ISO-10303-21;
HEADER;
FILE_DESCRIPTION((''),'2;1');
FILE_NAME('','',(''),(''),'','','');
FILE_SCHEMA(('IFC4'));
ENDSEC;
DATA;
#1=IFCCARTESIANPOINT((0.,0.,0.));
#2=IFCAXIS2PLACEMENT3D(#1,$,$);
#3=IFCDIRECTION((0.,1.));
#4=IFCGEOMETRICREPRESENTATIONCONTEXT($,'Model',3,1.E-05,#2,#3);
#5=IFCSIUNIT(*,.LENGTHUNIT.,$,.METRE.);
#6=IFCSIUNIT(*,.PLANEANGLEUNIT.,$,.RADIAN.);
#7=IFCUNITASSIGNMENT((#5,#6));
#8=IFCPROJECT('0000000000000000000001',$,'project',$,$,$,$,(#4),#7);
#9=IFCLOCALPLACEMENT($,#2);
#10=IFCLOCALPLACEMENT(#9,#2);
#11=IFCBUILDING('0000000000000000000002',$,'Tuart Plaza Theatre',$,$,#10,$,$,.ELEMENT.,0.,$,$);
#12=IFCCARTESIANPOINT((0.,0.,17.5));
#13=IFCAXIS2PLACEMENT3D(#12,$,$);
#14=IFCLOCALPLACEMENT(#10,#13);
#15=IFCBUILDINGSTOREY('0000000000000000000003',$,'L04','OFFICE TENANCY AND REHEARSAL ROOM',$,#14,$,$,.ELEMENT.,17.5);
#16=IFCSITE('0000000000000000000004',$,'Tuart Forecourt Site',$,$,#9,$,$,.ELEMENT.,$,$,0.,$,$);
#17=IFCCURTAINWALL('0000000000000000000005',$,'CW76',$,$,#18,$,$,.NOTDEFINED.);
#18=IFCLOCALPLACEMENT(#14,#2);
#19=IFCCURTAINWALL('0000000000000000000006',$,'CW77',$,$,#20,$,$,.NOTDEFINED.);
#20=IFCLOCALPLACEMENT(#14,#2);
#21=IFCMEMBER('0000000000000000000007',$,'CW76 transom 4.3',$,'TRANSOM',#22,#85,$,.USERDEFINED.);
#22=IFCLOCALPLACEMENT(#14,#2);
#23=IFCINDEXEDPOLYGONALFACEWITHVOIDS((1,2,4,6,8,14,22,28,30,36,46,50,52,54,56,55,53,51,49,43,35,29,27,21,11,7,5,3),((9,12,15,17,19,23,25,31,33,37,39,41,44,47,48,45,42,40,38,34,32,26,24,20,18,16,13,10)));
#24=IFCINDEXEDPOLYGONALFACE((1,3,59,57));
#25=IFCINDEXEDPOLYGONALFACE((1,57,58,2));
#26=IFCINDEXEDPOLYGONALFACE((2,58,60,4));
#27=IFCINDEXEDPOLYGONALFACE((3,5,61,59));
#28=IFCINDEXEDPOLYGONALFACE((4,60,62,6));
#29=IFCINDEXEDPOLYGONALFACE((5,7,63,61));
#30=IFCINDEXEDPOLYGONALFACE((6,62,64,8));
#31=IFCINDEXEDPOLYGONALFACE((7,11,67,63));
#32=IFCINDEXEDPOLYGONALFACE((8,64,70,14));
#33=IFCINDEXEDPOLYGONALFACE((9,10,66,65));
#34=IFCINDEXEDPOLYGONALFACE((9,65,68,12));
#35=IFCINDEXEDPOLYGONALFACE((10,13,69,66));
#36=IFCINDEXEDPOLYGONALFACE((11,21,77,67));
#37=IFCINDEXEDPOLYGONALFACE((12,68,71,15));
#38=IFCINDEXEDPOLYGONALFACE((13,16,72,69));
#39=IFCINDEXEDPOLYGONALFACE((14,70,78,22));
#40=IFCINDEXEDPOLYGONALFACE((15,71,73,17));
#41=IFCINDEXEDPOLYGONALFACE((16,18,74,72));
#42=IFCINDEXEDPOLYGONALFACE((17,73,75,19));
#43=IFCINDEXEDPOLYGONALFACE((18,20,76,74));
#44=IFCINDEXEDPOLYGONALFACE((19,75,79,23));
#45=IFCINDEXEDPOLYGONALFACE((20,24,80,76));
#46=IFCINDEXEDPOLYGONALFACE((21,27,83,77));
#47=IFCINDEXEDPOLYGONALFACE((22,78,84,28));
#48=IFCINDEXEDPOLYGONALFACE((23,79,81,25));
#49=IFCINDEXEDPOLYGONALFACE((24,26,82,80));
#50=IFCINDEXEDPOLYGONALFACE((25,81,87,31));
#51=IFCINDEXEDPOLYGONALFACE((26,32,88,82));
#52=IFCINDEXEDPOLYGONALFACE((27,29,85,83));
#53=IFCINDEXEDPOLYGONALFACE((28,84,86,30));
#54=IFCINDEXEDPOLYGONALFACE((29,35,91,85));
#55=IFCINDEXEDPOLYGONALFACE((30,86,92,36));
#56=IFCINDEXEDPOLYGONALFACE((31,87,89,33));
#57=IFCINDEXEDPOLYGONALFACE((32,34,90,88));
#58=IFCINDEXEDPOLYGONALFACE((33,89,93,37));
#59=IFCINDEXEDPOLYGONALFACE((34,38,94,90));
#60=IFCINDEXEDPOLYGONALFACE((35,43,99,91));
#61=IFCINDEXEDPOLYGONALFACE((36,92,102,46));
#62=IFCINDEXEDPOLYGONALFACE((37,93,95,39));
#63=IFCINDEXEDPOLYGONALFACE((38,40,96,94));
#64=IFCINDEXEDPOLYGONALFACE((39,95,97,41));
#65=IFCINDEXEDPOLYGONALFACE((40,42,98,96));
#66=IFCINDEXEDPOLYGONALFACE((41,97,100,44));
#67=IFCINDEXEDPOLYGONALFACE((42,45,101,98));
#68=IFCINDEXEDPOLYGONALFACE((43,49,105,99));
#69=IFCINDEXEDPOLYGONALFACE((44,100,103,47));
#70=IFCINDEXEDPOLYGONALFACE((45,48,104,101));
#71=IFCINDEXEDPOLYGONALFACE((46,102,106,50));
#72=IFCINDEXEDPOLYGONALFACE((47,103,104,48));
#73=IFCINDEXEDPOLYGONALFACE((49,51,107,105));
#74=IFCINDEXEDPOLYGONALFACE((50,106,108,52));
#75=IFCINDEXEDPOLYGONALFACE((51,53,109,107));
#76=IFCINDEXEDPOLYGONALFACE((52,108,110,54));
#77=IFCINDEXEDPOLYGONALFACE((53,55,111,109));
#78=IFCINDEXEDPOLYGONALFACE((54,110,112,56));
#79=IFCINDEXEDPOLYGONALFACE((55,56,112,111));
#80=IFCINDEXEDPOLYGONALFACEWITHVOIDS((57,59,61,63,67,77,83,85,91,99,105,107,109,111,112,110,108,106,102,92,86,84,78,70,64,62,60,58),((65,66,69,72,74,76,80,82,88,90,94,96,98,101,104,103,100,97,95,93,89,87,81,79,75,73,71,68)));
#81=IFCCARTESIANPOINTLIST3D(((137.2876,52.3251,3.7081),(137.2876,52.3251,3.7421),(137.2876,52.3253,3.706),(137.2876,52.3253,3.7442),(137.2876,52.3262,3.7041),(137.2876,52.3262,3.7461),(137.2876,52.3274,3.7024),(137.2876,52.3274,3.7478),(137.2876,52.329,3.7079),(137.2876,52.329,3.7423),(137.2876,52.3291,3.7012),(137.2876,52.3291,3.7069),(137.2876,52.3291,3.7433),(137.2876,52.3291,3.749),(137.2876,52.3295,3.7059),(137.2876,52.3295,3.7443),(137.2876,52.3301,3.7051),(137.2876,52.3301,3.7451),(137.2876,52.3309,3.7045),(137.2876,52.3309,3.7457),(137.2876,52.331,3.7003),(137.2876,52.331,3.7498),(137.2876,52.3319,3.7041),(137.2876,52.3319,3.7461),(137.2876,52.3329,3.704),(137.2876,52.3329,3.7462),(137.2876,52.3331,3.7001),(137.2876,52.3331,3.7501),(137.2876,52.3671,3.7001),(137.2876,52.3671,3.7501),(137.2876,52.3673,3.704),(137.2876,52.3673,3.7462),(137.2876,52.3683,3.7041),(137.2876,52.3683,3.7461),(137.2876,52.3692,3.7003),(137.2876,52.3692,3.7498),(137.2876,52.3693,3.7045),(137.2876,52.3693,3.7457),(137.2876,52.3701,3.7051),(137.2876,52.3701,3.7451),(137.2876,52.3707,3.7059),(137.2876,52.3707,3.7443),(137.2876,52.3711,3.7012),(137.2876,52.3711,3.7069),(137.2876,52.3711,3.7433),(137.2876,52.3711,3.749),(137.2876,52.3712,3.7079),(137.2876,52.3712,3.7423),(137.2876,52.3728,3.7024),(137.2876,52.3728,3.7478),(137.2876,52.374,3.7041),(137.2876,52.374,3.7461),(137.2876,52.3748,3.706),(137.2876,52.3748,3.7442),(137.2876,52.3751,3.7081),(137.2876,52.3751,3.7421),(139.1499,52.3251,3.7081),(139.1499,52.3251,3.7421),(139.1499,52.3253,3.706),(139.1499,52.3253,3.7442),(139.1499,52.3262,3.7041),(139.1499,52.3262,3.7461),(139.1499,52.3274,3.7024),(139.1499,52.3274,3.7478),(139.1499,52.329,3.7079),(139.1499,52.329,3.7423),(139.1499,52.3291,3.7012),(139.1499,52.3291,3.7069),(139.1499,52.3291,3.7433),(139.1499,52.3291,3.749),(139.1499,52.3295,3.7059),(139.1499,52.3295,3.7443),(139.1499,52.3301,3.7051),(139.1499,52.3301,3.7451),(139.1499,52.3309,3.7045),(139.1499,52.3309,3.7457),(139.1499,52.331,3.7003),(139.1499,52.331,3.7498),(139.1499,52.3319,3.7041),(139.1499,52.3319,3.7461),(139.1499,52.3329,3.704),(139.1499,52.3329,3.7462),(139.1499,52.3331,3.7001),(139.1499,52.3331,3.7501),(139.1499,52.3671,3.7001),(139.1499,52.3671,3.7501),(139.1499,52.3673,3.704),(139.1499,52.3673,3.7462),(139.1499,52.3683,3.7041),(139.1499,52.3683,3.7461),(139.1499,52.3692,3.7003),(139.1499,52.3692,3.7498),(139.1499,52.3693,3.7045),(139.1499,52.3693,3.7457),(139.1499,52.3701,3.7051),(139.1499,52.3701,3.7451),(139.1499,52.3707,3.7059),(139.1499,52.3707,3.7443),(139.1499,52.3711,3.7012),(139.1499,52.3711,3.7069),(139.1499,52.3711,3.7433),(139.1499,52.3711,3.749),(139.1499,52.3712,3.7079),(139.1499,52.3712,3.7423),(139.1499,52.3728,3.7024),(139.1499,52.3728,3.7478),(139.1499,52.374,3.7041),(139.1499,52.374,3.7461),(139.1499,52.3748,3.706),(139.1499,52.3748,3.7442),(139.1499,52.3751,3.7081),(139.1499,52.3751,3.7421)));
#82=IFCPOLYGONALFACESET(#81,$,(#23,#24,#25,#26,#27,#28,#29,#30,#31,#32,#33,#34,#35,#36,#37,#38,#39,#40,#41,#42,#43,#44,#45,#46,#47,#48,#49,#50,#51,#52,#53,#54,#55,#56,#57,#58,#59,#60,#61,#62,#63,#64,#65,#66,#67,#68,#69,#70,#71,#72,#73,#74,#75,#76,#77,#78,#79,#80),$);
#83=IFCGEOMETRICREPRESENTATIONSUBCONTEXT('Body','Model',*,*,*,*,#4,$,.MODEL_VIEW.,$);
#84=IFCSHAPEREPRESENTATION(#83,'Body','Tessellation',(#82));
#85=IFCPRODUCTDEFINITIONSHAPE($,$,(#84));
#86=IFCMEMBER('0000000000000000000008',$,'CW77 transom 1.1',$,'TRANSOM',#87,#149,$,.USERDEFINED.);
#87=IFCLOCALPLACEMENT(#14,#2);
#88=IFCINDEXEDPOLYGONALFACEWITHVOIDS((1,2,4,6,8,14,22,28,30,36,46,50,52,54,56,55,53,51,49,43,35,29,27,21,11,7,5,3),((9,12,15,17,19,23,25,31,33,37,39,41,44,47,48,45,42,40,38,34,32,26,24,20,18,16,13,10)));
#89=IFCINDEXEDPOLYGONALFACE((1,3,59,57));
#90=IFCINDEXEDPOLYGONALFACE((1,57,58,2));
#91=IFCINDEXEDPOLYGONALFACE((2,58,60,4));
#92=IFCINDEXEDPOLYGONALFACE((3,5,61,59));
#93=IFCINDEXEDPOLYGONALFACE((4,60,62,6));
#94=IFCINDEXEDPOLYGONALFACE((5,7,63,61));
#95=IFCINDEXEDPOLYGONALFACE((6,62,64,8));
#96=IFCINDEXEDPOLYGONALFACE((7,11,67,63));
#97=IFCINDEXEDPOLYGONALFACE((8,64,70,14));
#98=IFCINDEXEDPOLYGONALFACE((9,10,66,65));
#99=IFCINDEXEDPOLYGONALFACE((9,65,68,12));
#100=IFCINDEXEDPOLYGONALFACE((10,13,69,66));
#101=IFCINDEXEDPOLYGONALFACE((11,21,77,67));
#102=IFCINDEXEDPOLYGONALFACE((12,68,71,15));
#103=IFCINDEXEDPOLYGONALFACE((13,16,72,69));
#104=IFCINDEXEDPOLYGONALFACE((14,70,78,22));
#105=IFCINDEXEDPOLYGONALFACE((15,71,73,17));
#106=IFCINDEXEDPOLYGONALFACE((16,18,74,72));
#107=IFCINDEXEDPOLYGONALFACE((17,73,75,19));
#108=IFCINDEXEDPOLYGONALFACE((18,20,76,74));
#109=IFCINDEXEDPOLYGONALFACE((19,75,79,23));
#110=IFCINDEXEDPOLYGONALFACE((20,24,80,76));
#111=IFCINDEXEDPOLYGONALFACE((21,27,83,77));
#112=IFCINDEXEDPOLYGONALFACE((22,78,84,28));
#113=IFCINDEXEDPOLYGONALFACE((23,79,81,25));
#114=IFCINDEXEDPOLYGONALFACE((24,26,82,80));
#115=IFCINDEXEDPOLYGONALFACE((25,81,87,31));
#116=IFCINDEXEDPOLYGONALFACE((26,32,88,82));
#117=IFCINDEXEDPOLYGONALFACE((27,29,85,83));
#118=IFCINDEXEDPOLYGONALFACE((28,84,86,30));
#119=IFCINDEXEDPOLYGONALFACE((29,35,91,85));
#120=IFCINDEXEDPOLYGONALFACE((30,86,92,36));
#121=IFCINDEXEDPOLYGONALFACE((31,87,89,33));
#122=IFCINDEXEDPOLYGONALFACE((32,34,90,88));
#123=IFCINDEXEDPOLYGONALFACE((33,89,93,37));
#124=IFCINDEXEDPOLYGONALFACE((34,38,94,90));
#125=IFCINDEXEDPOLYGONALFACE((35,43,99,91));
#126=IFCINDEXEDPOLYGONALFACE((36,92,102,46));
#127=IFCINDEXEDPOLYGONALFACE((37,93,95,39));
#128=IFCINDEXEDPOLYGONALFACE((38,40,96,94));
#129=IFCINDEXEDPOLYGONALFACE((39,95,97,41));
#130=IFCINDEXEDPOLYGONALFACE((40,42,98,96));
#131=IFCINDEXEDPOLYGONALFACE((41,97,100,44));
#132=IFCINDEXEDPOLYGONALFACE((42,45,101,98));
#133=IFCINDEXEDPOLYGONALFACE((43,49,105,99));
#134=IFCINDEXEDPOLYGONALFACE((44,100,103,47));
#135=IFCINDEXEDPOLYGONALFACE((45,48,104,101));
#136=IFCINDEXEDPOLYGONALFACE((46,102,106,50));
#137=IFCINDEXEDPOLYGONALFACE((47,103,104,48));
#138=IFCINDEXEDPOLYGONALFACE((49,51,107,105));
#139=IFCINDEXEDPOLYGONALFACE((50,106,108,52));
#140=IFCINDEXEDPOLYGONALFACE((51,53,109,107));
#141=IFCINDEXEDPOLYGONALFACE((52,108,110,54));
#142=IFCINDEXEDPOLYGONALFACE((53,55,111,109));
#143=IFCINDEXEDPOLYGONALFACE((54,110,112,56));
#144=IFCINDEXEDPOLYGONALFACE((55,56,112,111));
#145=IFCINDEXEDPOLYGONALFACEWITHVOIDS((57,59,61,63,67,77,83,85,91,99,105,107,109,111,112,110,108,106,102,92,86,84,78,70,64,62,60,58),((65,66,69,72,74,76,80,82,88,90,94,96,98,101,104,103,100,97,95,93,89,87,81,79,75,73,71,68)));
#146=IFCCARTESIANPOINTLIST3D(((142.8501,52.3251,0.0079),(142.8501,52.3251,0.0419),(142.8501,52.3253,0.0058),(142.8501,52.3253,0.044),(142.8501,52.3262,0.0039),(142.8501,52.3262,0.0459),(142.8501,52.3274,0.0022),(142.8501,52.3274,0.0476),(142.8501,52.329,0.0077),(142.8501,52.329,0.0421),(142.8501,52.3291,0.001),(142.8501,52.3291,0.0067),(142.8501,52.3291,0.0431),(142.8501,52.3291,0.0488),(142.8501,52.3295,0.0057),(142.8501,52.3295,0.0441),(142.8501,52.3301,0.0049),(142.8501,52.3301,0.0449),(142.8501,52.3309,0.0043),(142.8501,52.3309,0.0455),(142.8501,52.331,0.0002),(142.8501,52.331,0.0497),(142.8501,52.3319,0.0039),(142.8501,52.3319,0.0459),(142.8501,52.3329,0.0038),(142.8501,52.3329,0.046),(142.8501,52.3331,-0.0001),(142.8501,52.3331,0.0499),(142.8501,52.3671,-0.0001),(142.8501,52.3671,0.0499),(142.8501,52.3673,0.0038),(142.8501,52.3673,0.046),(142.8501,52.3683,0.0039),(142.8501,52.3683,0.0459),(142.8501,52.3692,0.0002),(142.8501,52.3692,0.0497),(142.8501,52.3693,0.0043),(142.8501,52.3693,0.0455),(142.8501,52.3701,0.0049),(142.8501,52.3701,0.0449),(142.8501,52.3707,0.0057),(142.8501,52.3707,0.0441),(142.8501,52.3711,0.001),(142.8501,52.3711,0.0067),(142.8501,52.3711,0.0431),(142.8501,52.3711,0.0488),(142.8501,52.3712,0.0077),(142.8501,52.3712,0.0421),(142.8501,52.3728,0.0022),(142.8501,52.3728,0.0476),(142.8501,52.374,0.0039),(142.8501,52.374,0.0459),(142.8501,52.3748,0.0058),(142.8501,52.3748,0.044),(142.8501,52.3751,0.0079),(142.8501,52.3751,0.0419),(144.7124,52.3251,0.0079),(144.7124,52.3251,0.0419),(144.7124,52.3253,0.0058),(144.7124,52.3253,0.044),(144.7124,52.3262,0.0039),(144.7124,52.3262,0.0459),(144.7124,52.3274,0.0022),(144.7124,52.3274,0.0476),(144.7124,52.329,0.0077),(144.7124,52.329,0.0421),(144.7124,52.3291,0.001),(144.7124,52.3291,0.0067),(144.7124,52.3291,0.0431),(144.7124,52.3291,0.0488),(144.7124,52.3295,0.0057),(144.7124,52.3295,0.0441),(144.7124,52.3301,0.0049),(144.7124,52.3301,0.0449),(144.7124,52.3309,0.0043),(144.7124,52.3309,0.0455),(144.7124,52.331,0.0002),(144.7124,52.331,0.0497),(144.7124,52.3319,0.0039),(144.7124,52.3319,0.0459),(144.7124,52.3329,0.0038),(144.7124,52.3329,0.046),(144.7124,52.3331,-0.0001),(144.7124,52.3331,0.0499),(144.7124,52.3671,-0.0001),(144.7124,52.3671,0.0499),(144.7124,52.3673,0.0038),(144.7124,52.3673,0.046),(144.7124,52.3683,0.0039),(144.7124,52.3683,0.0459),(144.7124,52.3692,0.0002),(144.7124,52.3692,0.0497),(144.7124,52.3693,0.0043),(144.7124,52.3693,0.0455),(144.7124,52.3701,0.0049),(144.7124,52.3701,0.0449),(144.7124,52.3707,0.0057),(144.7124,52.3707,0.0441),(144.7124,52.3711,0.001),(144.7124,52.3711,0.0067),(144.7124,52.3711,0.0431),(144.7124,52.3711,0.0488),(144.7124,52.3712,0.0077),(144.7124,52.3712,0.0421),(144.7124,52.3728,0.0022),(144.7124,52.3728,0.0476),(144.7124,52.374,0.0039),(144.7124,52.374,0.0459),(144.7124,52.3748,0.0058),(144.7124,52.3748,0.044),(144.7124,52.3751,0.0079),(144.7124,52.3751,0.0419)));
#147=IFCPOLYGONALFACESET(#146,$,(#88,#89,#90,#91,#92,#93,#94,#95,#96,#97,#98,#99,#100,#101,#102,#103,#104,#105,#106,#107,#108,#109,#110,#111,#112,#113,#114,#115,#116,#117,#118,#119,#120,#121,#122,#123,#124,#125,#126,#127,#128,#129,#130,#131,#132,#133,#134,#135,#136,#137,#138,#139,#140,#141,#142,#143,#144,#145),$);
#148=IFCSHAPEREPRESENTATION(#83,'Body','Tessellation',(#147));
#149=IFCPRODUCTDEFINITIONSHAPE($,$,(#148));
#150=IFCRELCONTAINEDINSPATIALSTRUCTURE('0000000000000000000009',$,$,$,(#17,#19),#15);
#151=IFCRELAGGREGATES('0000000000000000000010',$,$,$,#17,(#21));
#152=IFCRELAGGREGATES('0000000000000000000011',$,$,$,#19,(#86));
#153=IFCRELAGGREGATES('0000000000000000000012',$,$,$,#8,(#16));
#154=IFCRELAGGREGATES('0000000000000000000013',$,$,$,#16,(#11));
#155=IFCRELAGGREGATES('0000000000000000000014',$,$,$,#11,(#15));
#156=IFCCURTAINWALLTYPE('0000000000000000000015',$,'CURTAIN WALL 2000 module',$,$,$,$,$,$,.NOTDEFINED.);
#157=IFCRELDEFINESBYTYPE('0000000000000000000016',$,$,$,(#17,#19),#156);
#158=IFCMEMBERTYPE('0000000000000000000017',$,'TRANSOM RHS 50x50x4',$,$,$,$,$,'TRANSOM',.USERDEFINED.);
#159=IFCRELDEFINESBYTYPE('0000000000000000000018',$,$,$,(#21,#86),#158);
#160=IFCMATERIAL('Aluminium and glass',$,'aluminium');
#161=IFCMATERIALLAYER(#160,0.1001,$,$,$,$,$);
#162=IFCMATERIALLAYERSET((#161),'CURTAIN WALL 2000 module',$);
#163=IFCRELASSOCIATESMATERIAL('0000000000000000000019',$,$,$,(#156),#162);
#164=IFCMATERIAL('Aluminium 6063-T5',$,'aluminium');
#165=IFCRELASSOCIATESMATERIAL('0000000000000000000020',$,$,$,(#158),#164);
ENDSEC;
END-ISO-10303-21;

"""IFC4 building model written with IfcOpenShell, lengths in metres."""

from ifc_helpers import new_model, si_unit, direction, frame, origin, origin_2d, place, context, subcontext, project, spatial, hollow_rectangle, extrude, material, layer, layer_set, material_profile, profile_set, type_object, element, aggregate, save


model = new_model("IFC4")

# Units and contexts
model_context = context("Model", 3, precision=1e-05, world=origin(), true_north=direction((0.0, 1.0)))
body_context = subcontext(model_context, "Body", "Model", "MODEL_VIEW")
ifc_project = project(units=[si_unit("LENGTHUNIT", "METRE"), si_unit("PLANEANGLEUNIT", "RADIAN")], contexts=[model_context])

# Site, building, storey
site_placement = place(None, origin())
site = spatial("IfcSite", under=ifc_project, at=site_placement, Name="Tuart Forecourt Site", CompositionType="ELEMENT", RefElevation=0.0)
building_placement = place(site_placement, origin())
building = spatial("IfcBuilding", under=site, at=building_placement, Name="Tuart Plaza Theatre", CompositionType="ELEMENT", ElevationOfRefHeight=0.0)
storey_placement = place(building_placement, frame((0.0, 0.0, 17.5)))
storey = spatial("IfcBuildingStorey", under=building, at=storey_placement, Name="L04", Description="OFFICE TENANCY AND REHEARSAL ROOM", CompositionType="ELEMENT", Elevation=17.5)

# Curtain walls
ifc_material_1 = material(Name="Aluminium and glass", Category="aluminium")
ifc_layer_1 = layer(ifc_material_1, 0.1001)
ifc_layer_set_1 = layer_set([ifc_layer_1], Name="CURTAIN WALL 2000 module")
curtain_wall_type = type_object("IfcCurtainWallType", Name="CURTAIN WALL 2000 module", PredefinedType="NOTDEFINED", material=ifc_layer_set_1)
curtain_wall_1_placement = place(storey_placement, origin())
curtain_wall_1 = element("IfcCurtainWall", 1, at=curtain_wall_1_placement, inside=storey, type_object=curtain_wall_type, Name="CW76", PredefinedType="NOTDEFINED")
curtain_wall_2_placement = place(storey_placement, origin())
curtain_wall_2 = element("IfcCurtainWall", 2, at=curtain_wall_2_placement, inside=storey, type_object=curtain_wall_type, Name="CW77", PredefinedType="NOTDEFINED")

# Members
ifc_material_2 = material(Name="Aluminium 6063-T5", Category="aluminium")
ifc_material_profile_1 = material_profile(ifc_material_2, hollow_rectangle(XDim=0.05, YDim=0.05, WallThickness=0.0039, InnerFilletRadius=0.0039, OuterFilletRadius=0.0081, at=origin_2d()), Name="RHS 50x50x4")
ifc_profile_set_1 = profile_set([ifc_material_profile_1], Name="Aluminium 6063-T5")
member_type_1 = type_object("IfcMemberType", Name="TRANSOM RHS 50x50x4", ElementType="TRANSOM", PredefinedType="USERDEFINED", material=ifc_profile_set_1)
member_1_placement = place(storey_placement, frame((137.2876, 52.3501, 3.7251), z_axis=(1.0, 0.0, 0.0), x_axis=(0.0, 1.0, 0.0)))
member_1 = element("IfcMember", 3, at=member_1_placement, type_object=member_type_1, Name="CW76 transom 4.3", ObjectType="TRANSOM", PredefinedType="USERDEFINED", context=body_context, shape_type="SweptSolid", body=[
    extrude(hollow_rectangle(XDim=0.05, YDim=0.05, WallThickness=0.0039, InnerFilletRadius=0.0039, OuterFilletRadius=0.0081, at=origin_2d()), origin(), (0.0, 0.0, 1.0), 1.8623),
])
member_2_placement = place(storey_placement, frame((142.8501, 52.3501, 0.0249), z_axis=(1.0, 0.0, 0.0), x_axis=(0.0, 1.0, 0.0)))
member_2 = element("IfcMember", 4, at=member_2_placement, type_object=member_type_1, Name="CW77 transom 1.1", ObjectType="TRANSOM", PredefinedType="USERDEFINED", context=body_context, shape_type="SweptSolid", body=[
    extrude(hollow_rectangle(XDim=0.05, YDim=0.05, WallThickness=0.0039, InnerFilletRadius=0.0039, OuterFilletRadius=0.0081, at=origin_2d()), origin(), (0.0, 0.0, 1.0), 1.8623),
])

aggregate(curtain_wall_1, [member_1])
aggregate(curtain_wall_2, [member_2])

save(model, "model.ifc")
